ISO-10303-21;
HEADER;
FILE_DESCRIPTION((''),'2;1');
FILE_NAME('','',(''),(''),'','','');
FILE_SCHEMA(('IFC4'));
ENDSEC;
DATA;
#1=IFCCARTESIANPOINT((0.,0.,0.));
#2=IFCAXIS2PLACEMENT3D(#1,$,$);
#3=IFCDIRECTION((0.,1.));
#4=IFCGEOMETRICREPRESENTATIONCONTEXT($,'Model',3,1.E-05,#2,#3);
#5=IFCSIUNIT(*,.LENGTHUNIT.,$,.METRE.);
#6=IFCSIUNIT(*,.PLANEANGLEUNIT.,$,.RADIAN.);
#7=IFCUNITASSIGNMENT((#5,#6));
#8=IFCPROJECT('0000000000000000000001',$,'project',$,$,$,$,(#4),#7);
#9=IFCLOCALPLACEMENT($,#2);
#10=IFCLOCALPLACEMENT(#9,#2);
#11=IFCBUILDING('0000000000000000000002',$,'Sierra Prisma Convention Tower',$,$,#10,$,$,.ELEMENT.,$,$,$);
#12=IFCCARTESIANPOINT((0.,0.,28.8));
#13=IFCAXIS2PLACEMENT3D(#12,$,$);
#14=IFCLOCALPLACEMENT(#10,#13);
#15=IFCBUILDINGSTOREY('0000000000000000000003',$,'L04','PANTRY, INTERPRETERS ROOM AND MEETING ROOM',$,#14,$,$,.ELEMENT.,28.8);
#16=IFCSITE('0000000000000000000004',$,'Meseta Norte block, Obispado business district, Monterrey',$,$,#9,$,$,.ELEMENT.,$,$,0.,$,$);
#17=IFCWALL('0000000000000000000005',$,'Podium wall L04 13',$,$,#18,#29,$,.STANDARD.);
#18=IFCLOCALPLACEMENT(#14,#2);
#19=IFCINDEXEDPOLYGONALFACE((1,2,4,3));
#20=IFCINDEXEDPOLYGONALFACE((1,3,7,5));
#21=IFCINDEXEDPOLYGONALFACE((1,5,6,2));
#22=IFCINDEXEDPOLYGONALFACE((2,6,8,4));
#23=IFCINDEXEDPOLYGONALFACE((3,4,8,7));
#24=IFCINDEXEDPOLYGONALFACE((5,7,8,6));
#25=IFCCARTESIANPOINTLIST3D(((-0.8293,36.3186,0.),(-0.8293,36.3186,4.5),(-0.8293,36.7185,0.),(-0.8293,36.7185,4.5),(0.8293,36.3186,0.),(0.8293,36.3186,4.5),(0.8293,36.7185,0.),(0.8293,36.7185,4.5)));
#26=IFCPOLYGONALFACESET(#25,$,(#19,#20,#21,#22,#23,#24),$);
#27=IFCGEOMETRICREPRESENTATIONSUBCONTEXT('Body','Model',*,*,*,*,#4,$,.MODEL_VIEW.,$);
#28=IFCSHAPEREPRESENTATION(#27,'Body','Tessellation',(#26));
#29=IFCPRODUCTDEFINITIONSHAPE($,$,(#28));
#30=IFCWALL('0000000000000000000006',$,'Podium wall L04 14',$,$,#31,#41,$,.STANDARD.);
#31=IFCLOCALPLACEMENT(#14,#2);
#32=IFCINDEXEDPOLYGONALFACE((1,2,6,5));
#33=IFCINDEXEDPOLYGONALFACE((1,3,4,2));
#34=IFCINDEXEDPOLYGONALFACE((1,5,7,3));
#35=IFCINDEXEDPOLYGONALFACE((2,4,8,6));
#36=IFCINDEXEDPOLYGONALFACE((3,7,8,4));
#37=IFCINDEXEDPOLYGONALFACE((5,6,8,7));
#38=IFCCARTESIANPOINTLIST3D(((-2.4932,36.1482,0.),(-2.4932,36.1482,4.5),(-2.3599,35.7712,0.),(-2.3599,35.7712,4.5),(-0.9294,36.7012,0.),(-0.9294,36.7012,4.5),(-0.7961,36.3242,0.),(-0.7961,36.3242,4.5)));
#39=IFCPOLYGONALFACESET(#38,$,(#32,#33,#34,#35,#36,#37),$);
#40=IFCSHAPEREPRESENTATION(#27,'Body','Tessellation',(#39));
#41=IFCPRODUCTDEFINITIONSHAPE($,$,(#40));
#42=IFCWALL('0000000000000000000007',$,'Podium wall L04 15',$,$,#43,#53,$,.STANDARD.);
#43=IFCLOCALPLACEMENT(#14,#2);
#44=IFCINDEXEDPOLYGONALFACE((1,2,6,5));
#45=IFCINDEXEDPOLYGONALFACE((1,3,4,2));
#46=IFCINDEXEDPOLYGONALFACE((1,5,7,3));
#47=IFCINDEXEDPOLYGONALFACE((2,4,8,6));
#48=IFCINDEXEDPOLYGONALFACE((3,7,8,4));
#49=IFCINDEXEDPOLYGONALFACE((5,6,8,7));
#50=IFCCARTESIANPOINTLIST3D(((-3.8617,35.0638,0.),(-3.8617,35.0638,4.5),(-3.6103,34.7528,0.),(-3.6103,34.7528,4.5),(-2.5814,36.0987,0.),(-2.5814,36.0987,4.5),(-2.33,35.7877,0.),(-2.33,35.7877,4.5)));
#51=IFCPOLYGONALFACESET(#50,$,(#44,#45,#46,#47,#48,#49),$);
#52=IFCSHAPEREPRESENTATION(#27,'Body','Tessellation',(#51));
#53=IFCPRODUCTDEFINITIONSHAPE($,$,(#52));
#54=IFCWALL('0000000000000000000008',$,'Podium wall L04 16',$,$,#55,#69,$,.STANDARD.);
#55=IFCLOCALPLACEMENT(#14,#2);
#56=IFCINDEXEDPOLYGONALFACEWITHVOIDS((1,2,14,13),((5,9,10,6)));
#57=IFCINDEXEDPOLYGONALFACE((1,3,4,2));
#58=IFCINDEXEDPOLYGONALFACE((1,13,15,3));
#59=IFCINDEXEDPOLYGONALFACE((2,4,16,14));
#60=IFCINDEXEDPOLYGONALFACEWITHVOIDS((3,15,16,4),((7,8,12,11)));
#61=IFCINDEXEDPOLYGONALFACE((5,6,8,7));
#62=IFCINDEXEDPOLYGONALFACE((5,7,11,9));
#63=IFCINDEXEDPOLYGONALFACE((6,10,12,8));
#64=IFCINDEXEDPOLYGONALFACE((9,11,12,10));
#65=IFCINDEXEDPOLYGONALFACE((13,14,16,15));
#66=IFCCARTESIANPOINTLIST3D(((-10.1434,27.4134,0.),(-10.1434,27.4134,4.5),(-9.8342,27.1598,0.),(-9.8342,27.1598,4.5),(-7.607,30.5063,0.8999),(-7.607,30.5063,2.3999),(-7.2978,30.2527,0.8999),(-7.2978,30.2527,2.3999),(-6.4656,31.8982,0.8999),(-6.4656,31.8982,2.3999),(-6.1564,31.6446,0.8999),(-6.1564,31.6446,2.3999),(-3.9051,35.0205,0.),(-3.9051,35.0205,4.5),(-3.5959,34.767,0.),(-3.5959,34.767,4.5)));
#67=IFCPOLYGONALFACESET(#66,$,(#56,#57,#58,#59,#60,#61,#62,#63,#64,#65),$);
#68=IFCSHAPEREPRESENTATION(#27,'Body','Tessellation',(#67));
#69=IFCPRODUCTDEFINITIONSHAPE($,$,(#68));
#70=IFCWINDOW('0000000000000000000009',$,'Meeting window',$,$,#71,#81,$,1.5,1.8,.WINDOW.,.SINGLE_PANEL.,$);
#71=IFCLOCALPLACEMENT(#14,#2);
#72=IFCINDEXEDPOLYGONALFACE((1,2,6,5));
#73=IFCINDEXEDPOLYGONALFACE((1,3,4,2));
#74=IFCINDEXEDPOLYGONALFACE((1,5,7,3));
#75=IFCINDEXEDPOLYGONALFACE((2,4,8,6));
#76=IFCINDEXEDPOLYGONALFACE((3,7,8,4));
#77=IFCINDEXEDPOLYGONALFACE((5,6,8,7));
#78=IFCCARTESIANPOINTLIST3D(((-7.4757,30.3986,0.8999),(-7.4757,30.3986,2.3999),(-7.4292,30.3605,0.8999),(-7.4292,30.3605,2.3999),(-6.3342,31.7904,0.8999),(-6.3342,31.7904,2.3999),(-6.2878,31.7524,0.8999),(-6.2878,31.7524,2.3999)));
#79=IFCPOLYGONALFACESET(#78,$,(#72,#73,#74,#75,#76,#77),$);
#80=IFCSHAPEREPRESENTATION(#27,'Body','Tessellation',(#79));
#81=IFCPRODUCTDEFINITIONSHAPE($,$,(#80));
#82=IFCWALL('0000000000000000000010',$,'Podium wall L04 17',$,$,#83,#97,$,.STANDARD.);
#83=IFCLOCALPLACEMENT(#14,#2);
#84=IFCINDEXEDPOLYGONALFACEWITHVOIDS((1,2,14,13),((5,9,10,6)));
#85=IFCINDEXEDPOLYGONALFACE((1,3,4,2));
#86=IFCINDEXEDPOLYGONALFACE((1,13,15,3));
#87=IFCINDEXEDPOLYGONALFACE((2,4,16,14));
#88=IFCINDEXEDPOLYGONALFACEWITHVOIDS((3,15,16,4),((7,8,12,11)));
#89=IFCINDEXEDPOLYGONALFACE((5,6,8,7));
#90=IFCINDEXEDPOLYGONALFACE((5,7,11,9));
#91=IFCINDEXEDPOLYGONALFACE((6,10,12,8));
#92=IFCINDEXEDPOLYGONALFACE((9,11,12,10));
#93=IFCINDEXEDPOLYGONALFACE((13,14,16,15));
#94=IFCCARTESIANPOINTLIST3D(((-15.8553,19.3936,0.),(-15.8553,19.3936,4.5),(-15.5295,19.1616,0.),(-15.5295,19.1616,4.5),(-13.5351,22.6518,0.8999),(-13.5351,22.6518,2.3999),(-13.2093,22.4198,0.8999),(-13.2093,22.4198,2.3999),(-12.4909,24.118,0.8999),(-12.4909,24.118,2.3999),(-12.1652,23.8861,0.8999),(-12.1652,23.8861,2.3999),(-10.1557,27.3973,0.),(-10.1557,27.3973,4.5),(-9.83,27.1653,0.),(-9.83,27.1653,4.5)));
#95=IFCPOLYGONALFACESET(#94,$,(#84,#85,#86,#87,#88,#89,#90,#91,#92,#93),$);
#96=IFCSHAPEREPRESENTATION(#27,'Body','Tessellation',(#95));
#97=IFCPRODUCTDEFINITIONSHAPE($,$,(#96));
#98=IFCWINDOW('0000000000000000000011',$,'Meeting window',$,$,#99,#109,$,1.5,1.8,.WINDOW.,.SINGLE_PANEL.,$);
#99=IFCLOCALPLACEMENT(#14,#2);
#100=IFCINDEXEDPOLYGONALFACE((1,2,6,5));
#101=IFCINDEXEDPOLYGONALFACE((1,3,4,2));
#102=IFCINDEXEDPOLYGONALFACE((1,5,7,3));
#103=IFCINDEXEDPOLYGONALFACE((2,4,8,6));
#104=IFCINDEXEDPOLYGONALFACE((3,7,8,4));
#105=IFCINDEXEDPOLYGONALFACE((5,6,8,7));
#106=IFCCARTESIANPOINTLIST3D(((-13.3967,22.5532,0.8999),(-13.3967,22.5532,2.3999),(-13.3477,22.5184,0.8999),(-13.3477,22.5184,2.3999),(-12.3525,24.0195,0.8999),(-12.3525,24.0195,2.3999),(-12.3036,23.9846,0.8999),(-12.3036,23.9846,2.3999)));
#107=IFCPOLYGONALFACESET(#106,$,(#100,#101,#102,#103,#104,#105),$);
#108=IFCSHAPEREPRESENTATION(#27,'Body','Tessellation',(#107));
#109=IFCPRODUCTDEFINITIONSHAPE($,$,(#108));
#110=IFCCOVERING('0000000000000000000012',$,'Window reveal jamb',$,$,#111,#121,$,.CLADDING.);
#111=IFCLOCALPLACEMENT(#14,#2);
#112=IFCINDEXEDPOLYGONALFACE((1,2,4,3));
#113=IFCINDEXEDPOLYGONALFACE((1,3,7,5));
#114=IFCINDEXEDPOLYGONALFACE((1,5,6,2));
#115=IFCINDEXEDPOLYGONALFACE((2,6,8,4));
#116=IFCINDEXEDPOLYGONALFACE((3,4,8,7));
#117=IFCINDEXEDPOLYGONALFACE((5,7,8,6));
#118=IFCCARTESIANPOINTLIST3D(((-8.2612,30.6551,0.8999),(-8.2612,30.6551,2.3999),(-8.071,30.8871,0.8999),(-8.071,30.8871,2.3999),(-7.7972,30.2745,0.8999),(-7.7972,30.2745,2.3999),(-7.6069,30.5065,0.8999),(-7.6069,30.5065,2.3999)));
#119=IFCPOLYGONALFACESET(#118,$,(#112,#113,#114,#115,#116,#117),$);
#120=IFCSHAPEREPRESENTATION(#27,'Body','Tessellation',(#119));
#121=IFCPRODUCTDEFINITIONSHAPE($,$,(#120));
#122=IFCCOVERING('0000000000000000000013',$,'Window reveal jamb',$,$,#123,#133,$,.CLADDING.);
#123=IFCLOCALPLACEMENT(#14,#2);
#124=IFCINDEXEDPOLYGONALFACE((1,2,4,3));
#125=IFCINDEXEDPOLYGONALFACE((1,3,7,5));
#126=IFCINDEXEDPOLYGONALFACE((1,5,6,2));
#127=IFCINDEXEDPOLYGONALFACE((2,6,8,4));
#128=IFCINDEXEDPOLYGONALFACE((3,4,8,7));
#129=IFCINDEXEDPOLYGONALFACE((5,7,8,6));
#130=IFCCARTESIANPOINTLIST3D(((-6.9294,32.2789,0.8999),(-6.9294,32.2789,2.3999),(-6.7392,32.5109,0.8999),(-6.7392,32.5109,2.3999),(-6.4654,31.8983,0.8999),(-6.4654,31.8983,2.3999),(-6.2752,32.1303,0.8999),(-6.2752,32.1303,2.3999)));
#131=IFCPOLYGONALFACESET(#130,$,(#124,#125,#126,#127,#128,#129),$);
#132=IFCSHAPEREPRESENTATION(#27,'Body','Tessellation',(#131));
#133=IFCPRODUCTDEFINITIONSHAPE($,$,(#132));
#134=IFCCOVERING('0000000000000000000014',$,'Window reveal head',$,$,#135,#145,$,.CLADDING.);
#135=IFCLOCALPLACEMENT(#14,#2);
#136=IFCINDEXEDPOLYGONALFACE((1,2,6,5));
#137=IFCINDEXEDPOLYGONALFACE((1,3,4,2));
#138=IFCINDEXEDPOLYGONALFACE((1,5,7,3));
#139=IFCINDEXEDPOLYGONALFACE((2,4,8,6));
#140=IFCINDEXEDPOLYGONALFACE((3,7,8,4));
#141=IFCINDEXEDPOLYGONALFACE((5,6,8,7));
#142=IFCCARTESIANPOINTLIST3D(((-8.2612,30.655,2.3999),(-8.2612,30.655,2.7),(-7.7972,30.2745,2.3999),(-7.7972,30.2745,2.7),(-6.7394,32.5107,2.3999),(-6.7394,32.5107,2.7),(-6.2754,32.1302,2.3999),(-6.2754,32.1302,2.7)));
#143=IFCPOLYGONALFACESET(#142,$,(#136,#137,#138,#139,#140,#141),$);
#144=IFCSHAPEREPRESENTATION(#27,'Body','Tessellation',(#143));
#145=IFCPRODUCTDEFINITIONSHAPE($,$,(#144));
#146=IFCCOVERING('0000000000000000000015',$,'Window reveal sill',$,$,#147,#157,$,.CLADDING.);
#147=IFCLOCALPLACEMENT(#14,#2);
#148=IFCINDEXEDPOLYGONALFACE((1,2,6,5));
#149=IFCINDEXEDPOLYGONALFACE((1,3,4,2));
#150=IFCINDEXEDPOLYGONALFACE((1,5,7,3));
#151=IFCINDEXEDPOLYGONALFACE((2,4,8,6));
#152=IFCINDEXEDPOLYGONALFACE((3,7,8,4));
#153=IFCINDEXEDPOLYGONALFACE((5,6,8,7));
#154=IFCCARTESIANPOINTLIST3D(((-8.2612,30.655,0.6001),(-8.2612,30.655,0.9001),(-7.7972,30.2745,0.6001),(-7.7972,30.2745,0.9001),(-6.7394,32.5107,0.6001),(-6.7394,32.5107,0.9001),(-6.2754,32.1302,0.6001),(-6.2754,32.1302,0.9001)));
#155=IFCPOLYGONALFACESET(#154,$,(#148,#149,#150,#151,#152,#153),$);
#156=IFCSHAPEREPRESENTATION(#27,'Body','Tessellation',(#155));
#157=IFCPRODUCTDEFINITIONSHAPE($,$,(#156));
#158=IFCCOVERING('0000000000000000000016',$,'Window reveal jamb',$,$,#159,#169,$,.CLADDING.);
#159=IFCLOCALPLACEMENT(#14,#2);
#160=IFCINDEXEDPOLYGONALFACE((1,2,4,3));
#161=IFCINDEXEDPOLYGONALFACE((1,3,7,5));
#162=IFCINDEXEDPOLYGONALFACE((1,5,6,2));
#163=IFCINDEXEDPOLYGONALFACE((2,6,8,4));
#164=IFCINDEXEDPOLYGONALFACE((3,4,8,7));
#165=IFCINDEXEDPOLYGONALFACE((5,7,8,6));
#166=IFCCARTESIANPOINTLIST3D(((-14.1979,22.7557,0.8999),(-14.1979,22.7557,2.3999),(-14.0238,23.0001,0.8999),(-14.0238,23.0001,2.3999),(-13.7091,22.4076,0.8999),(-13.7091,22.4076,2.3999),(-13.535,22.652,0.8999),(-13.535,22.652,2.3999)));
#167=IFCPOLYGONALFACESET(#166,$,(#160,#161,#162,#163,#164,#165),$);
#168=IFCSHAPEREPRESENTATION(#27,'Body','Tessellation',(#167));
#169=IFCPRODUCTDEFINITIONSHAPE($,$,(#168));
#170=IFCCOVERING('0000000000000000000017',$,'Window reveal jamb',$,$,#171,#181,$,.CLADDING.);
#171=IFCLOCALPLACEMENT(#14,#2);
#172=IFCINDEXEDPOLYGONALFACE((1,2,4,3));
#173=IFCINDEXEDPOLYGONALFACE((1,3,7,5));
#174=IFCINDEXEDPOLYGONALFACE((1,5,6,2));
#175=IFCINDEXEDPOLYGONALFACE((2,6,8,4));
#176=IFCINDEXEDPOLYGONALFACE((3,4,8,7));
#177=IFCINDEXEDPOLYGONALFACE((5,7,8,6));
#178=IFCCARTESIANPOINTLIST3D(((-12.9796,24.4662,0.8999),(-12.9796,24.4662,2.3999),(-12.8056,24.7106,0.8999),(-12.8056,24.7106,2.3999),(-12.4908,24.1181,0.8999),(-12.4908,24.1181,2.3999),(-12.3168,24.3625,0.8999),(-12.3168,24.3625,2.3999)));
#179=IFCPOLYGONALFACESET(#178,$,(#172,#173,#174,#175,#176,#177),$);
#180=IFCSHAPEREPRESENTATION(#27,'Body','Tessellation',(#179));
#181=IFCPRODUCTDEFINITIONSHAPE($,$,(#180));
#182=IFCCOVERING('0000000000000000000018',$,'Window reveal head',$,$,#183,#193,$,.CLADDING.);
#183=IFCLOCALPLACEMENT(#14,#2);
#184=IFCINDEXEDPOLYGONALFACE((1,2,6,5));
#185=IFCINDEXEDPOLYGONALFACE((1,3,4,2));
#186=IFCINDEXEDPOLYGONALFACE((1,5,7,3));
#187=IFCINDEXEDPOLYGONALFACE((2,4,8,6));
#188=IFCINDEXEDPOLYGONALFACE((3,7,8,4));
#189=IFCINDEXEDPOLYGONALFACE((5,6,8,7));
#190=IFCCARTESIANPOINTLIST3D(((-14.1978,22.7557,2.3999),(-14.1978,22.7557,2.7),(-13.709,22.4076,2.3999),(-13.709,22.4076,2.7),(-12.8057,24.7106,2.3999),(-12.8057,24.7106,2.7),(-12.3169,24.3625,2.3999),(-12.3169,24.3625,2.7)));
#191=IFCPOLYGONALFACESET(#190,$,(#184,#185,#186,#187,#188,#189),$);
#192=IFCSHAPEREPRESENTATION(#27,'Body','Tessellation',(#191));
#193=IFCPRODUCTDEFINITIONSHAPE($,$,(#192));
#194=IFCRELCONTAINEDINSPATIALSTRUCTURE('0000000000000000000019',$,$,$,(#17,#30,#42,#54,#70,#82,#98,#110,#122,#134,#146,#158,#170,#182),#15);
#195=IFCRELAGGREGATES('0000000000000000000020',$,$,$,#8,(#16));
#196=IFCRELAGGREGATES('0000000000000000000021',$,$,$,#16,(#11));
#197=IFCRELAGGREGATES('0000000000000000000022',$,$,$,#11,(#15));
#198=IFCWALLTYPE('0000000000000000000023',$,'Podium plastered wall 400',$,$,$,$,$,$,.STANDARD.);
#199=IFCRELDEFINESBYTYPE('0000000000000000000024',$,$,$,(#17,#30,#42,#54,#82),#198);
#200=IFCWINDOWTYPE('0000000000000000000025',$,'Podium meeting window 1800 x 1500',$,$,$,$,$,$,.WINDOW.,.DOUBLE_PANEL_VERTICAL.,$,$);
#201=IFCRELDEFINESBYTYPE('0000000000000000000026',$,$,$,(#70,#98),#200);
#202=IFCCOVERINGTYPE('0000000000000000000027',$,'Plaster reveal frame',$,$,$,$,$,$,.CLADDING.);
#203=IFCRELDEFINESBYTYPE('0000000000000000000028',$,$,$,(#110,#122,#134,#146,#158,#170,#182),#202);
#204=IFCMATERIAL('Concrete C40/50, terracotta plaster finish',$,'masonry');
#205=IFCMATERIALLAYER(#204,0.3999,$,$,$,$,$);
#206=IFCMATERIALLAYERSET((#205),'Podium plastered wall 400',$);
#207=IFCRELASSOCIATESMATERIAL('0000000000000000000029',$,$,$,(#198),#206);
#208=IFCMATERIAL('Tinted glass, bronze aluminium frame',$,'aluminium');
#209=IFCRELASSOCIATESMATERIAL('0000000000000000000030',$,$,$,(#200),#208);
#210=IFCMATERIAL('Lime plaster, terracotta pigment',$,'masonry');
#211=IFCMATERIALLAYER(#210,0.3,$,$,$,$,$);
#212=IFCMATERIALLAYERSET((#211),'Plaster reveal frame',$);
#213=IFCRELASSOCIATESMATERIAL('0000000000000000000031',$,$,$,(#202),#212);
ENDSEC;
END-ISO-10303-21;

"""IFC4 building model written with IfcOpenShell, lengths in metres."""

from ifc_helpers import new_model, si_unit, direction, frame, frame_2d, origin, origin_2d, place, context, subcontext, project, spatial, rectangle, extrude, material, layer, layer_set, type_object, element, fill, save


model = new_model("IFC4")

# Units and contexts
model_context = context("Model", 3, precision=1e-05, world=origin(), true_north=direction((0.0, 1.0)))
body_context = subcontext(model_context, "Body", "Model", "MODEL_VIEW")
ifc_project = project(units=[si_unit("LENGTHUNIT", "METRE"), si_unit("PLANEANGLEUNIT", "RADIAN")], contexts=[model_context])

# Site, building, storey
site_placement = place(None, origin())
site = spatial("IfcSite", under=ifc_project, at=site_placement, Name="Meseta Norte block, Obispado business district, Monterrey", CompositionType="ELEMENT", RefElevation=0.0)
building_placement = place(site_placement, origin())
building = spatial("IfcBuilding", under=site, at=building_placement, Name="Sierra Prisma Convention Tower", CompositionType="ELEMENT")
storey_placement = place(building_placement, frame((0.0, 0.0, 28.8)))
storey = spatial("IfcBuildingStorey", under=building, at=storey_placement, Name="L04", Description="PANTRY, INTERPRETERS ROOM AND MEETING ROOM", CompositionType="ELEMENT", Elevation=28.8)

# Walls
ifc_material_1 = material(Name="Concrete C40/50, terracotta plaster finish", Category="masonry")
ifc_layer_1 = layer(ifc_material_1, 0.3999)
ifc_layer_set_1 = layer_set([ifc_layer_1], Name="Podium plastered wall 400")
wall_type = type_object("IfcWallType", Name="Podium plastered wall 400", PredefinedType="STANDARD", material=ifc_layer_set_1)
for number, where, z_axis, x_axis, name in (
    (1, (-0.8293, 36.5186, 0.0), (0.0, 0.0, 1.0), (1.0, 0.0, 0.0), "Podium wall L04 13"),
    (2, (-2.4265, 35.9597, 0.0), (0.0, 0.0, 1.0), (0.942786, 0.333398, 0.0), "Podium wall L04 14"),
):
    element("IfcWall", number, at=place(storey_placement, frame(where, z_axis=z_axis, x_axis=x_axis)), inside=storey, type_object=wall_type, Name=name, PredefinedType="STANDARD", context=body_context, shape_type="SweptSolid", body=[
        extrude(rectangle(XDim=1.6587, YDim=0.3999, at=frame_2d((0.8293, 0.0))), origin(), (0.0, 0.0, 1.0), 4.5),
    ])
wall_1_placement = place(storey_placement, frame((-3.7361, 34.9082, 0.0), z_axis=(0.0, 0.0, 1.0), x_axis=(0.77769, 0.628648, 0.0)))
element("IfcWall", 3, at=wall_1_placement, inside=storey, type_object=wall_type, Name="Podium wall L04 15", PredefinedType="STANDARD", context=body_context, shape_type="SweptSolid", body=[
    extrude(rectangle(XDim=1.6462, YDim=0.3999, at=frame_2d((0.8232, 0.0))), origin(), (0.0, 0.0, 1.0), 4.5),
])

# Walls, openings, windows
wall_2_placement = place(storey_placement, frame((-9.9888, 27.2866, 0.0), z_axis=(0.0, 0.0, 1.0), x_axis=(0.634104, 0.773248, 0.0)))
wall_2 = element("IfcWall", 4, at=wall_2_placement, inside=storey, type_object=wall_type, Name="Podium wall L04 16", PredefinedType="STANDARD", context=body_context, shape_type="SweptSolid", body=[
    extrude(rectangle(XDim=9.8379, YDim=0.3999, at=frame_2d((4.9189, 0.0))), origin(), (0.0, 0.0, 1.0), 4.5),
])
opening_1_placement = place(wall_2_placement, frame((4.0, 0.0, 0.8999)))
opening_1 = element("IfcOpeningElement", 5, at=opening_1_placement, cuts=wall_2, PredefinedType="OPENING", context=body_context, shape_type="SweptSolid", body=[
    extrude(rectangle(XDim=1.8, YDim=1.5, at=frame_2d((0.8999, 0.75))), frame((0.0, 0.2, 0.0), z_axis=(0.0, -1.0, 0.0), x_axis=(1.0, 0.0, 0.0)), (0.0, 0.0, 1.0), 0.3999),
])
ifc_material_2 = material(Name="Tinted glass, bronze aluminium frame", Category="aluminium")
window_type = type_object("IfcWindowType", Name="Podium meeting window 1800 x 1500", PartitioningType="DOUBLE_PANEL_VERTICAL", PredefinedType="WINDOW", material=ifc_material_2)
window_1_placement = place(opening_1_placement, origin())
window_1 = element("IfcWindow", 6, at=window_1_placement, inside=storey, type_object=window_type, Name="Meeting window", OverallHeight=1.5, OverallWidth=1.8, PartitioningType="SINGLE_PANEL", PredefinedType="WINDOW", context=body_context, shape_type="SweptSolid", body=[
    extrude(rectangle(XDim=1.8, YDim=1.5, at=frame_2d((0.8999, 0.75))), frame((0.0, 0.03, 0.0), z_axis=(0.0, -1.0, 0.0), x_axis=(1.0, 0.0, 0.0)), (0.0, 0.0, 1.0), 0.0601),
])
fill(opening_1, window_1)
wall_3_placement = place(storey_placement, frame((-15.6924, 19.2776, 0.0), z_axis=(0.0, 0.0, 1.0), x_axis=(0.580062, 0.814572, 0.0)))
wall_3 = element("IfcWall", 7, at=wall_3_placement, inside=storey, type_object=wall_type, Name="Podium wall L04 17", PredefinedType="STANDARD", context=body_context, shape_type="SweptSolid", body=[
    extrude(rectangle(XDim=9.8257, YDim=0.3999, at=frame_2d((4.9128, 0.0))), origin(), (0.0, 0.0, 1.0), 4.5),
])
opening_2_placement = place(wall_3_placement, frame((4.0, 0.0, 0.8999)))
opening_2 = element("IfcOpeningElement", 8, at=opening_2_placement, cuts=wall_3, PredefinedType="OPENING", context=body_context, shape_type="SweptSolid", body=[
    extrude(rectangle(XDim=1.8, YDim=1.5, at=frame_2d((0.8999, 0.75))), frame((0.0, 0.2, 0.0), z_axis=(0.0, -1.0, 0.0), x_axis=(1.0, 0.0, 0.0)), (0.0, 0.0, 1.0), 0.3999),
])
window_2_placement = place(opening_2_placement, origin())
window_2 = element("IfcWindow", 9, at=window_2_placement, inside=storey, type_object=window_type, Name="Meeting window", OverallHeight=1.5, OverallWidth=1.8, PartitioningType="SINGLE_PANEL", PredefinedType="WINDOW", context=body_context, shape_type="SweptSolid", body=[
    extrude(rectangle(XDim=1.8, YDim=1.5, at=frame_2d((0.8999, 0.75))), frame((0.0, 0.03, 0.0), z_axis=(0.0, -1.0, 0.0), x_axis=(1.0, 0.0, 0.0)), (0.0, 0.0, 1.0), 0.0601),
])
fill(opening_2, window_2)

# Coverings
ifc_material_3 = material(Name="Lime plaster, terracotta pigment", Category="masonry")
ifc_layer_2 = layer(ifc_material_3, 0.3)
ifc_layer_set_2 = layer_set([ifc_layer_2], Name="Plaster reveal frame")
covering_type = type_object("IfcCoveringType", Name="Plaster reveal frame", PredefinedType="CLADDING", material=ifc_layer_set_2)
for number, where, z_axis, x_axis, name in (
    (10, (-7.9341, 30.5808, 0.8999), (0.0, 0.0, 1.0), (0.634115, 0.773238, 0.0), "Window reveal jamb"),
    (11, (-6.6023, 32.2046, 0.8999), (0.0, 0.0, 1.0), (0.634115, 0.773238, 0.0), "Window reveal jamb"),
):
    element("IfcCovering", number, at=place(storey_placement, frame(where, z_axis=z_axis, x_axis=x_axis)), inside=storey, type_object=covering_type, Name=name, PredefinedType="CLADDING", context=body_context, shape_type="SweptSolid", body=[
        extrude(rectangle(XDim=0.3, YDim=0.6001, at=origin_2d()), origin(), (0.0, 0.0, 1.0), 1.5),
    ])
for number, where, z_axis, x_axis, name in (
    (12, (-7.2683, 31.3926, 2.3999), (0.0, 0.0, 1.0), (0.634115, 0.773238, 0.0), "Window reveal head"),
    (13, (-7.2683, 31.3926, 0.6001), (0.0, 0.0, 1.0), (0.634115, 0.773238, 0.0), "Window reveal sill"),
):
    element("IfcCovering", number, at=place(storey_placement, frame(where, z_axis=z_axis, x_axis=x_axis)), inside=storey, type_object=covering_type, Name=name, PredefinedType="CLADDING", context=body_context, shape_type="SweptSolid", body=[
        extrude(rectangle(XDim=2.3999, YDim=0.6001, at=origin_2d()), origin(), (0.0, 0.0, 1.0), 0.3),
    ])
for number, where, z_axis, x_axis, name in (
    (14, (-13.8665, 22.7039, 0.8999), (0.0, 0.0, 1.0), (0.580072, 0.814565, 0.0), "Window reveal jamb"),
    (15, (-12.6482, 24.4143, 0.8999), (0.0, 0.0, 1.0), (0.580072, 0.814565, 0.0), "Window reveal jamb"),
):
    element("IfcCovering", number, at=place(storey_placement, frame(where, z_axis=z_axis, x_axis=x_axis)), inside=storey, type_object=covering_type, Name=name, PredefinedType="CLADDING", context=body_context, shape_type="SweptSolid", body=[
        extrude(rectangle(XDim=0.3, YDim=0.6001, at=origin_2d()), origin(), (0.0, 0.0, 1.0), 1.5),
    ])
for number, where, z_axis, x_axis, name in (
    (16, (-13.2573, 23.5591, 2.3999), (0.0, 0.0, 1.0), (0.580072, 0.814565, 0.0), "Window reveal head"),
):
    element("IfcCovering", number, at=place(storey_placement, frame(where, z_axis=z_axis, x_axis=x_axis)), inside=storey, type_object=covering_type, Name=name, PredefinedType="CLADDING", context=body_context, shape_type="SweptSolid", body=[
        extrude(rectangle(XDim=2.3999, YDim=0.6001, at=origin_2d()), origin(), (0.0, 0.0, 1.0), 0.3),
    ])

save(model, "model.ifc")
